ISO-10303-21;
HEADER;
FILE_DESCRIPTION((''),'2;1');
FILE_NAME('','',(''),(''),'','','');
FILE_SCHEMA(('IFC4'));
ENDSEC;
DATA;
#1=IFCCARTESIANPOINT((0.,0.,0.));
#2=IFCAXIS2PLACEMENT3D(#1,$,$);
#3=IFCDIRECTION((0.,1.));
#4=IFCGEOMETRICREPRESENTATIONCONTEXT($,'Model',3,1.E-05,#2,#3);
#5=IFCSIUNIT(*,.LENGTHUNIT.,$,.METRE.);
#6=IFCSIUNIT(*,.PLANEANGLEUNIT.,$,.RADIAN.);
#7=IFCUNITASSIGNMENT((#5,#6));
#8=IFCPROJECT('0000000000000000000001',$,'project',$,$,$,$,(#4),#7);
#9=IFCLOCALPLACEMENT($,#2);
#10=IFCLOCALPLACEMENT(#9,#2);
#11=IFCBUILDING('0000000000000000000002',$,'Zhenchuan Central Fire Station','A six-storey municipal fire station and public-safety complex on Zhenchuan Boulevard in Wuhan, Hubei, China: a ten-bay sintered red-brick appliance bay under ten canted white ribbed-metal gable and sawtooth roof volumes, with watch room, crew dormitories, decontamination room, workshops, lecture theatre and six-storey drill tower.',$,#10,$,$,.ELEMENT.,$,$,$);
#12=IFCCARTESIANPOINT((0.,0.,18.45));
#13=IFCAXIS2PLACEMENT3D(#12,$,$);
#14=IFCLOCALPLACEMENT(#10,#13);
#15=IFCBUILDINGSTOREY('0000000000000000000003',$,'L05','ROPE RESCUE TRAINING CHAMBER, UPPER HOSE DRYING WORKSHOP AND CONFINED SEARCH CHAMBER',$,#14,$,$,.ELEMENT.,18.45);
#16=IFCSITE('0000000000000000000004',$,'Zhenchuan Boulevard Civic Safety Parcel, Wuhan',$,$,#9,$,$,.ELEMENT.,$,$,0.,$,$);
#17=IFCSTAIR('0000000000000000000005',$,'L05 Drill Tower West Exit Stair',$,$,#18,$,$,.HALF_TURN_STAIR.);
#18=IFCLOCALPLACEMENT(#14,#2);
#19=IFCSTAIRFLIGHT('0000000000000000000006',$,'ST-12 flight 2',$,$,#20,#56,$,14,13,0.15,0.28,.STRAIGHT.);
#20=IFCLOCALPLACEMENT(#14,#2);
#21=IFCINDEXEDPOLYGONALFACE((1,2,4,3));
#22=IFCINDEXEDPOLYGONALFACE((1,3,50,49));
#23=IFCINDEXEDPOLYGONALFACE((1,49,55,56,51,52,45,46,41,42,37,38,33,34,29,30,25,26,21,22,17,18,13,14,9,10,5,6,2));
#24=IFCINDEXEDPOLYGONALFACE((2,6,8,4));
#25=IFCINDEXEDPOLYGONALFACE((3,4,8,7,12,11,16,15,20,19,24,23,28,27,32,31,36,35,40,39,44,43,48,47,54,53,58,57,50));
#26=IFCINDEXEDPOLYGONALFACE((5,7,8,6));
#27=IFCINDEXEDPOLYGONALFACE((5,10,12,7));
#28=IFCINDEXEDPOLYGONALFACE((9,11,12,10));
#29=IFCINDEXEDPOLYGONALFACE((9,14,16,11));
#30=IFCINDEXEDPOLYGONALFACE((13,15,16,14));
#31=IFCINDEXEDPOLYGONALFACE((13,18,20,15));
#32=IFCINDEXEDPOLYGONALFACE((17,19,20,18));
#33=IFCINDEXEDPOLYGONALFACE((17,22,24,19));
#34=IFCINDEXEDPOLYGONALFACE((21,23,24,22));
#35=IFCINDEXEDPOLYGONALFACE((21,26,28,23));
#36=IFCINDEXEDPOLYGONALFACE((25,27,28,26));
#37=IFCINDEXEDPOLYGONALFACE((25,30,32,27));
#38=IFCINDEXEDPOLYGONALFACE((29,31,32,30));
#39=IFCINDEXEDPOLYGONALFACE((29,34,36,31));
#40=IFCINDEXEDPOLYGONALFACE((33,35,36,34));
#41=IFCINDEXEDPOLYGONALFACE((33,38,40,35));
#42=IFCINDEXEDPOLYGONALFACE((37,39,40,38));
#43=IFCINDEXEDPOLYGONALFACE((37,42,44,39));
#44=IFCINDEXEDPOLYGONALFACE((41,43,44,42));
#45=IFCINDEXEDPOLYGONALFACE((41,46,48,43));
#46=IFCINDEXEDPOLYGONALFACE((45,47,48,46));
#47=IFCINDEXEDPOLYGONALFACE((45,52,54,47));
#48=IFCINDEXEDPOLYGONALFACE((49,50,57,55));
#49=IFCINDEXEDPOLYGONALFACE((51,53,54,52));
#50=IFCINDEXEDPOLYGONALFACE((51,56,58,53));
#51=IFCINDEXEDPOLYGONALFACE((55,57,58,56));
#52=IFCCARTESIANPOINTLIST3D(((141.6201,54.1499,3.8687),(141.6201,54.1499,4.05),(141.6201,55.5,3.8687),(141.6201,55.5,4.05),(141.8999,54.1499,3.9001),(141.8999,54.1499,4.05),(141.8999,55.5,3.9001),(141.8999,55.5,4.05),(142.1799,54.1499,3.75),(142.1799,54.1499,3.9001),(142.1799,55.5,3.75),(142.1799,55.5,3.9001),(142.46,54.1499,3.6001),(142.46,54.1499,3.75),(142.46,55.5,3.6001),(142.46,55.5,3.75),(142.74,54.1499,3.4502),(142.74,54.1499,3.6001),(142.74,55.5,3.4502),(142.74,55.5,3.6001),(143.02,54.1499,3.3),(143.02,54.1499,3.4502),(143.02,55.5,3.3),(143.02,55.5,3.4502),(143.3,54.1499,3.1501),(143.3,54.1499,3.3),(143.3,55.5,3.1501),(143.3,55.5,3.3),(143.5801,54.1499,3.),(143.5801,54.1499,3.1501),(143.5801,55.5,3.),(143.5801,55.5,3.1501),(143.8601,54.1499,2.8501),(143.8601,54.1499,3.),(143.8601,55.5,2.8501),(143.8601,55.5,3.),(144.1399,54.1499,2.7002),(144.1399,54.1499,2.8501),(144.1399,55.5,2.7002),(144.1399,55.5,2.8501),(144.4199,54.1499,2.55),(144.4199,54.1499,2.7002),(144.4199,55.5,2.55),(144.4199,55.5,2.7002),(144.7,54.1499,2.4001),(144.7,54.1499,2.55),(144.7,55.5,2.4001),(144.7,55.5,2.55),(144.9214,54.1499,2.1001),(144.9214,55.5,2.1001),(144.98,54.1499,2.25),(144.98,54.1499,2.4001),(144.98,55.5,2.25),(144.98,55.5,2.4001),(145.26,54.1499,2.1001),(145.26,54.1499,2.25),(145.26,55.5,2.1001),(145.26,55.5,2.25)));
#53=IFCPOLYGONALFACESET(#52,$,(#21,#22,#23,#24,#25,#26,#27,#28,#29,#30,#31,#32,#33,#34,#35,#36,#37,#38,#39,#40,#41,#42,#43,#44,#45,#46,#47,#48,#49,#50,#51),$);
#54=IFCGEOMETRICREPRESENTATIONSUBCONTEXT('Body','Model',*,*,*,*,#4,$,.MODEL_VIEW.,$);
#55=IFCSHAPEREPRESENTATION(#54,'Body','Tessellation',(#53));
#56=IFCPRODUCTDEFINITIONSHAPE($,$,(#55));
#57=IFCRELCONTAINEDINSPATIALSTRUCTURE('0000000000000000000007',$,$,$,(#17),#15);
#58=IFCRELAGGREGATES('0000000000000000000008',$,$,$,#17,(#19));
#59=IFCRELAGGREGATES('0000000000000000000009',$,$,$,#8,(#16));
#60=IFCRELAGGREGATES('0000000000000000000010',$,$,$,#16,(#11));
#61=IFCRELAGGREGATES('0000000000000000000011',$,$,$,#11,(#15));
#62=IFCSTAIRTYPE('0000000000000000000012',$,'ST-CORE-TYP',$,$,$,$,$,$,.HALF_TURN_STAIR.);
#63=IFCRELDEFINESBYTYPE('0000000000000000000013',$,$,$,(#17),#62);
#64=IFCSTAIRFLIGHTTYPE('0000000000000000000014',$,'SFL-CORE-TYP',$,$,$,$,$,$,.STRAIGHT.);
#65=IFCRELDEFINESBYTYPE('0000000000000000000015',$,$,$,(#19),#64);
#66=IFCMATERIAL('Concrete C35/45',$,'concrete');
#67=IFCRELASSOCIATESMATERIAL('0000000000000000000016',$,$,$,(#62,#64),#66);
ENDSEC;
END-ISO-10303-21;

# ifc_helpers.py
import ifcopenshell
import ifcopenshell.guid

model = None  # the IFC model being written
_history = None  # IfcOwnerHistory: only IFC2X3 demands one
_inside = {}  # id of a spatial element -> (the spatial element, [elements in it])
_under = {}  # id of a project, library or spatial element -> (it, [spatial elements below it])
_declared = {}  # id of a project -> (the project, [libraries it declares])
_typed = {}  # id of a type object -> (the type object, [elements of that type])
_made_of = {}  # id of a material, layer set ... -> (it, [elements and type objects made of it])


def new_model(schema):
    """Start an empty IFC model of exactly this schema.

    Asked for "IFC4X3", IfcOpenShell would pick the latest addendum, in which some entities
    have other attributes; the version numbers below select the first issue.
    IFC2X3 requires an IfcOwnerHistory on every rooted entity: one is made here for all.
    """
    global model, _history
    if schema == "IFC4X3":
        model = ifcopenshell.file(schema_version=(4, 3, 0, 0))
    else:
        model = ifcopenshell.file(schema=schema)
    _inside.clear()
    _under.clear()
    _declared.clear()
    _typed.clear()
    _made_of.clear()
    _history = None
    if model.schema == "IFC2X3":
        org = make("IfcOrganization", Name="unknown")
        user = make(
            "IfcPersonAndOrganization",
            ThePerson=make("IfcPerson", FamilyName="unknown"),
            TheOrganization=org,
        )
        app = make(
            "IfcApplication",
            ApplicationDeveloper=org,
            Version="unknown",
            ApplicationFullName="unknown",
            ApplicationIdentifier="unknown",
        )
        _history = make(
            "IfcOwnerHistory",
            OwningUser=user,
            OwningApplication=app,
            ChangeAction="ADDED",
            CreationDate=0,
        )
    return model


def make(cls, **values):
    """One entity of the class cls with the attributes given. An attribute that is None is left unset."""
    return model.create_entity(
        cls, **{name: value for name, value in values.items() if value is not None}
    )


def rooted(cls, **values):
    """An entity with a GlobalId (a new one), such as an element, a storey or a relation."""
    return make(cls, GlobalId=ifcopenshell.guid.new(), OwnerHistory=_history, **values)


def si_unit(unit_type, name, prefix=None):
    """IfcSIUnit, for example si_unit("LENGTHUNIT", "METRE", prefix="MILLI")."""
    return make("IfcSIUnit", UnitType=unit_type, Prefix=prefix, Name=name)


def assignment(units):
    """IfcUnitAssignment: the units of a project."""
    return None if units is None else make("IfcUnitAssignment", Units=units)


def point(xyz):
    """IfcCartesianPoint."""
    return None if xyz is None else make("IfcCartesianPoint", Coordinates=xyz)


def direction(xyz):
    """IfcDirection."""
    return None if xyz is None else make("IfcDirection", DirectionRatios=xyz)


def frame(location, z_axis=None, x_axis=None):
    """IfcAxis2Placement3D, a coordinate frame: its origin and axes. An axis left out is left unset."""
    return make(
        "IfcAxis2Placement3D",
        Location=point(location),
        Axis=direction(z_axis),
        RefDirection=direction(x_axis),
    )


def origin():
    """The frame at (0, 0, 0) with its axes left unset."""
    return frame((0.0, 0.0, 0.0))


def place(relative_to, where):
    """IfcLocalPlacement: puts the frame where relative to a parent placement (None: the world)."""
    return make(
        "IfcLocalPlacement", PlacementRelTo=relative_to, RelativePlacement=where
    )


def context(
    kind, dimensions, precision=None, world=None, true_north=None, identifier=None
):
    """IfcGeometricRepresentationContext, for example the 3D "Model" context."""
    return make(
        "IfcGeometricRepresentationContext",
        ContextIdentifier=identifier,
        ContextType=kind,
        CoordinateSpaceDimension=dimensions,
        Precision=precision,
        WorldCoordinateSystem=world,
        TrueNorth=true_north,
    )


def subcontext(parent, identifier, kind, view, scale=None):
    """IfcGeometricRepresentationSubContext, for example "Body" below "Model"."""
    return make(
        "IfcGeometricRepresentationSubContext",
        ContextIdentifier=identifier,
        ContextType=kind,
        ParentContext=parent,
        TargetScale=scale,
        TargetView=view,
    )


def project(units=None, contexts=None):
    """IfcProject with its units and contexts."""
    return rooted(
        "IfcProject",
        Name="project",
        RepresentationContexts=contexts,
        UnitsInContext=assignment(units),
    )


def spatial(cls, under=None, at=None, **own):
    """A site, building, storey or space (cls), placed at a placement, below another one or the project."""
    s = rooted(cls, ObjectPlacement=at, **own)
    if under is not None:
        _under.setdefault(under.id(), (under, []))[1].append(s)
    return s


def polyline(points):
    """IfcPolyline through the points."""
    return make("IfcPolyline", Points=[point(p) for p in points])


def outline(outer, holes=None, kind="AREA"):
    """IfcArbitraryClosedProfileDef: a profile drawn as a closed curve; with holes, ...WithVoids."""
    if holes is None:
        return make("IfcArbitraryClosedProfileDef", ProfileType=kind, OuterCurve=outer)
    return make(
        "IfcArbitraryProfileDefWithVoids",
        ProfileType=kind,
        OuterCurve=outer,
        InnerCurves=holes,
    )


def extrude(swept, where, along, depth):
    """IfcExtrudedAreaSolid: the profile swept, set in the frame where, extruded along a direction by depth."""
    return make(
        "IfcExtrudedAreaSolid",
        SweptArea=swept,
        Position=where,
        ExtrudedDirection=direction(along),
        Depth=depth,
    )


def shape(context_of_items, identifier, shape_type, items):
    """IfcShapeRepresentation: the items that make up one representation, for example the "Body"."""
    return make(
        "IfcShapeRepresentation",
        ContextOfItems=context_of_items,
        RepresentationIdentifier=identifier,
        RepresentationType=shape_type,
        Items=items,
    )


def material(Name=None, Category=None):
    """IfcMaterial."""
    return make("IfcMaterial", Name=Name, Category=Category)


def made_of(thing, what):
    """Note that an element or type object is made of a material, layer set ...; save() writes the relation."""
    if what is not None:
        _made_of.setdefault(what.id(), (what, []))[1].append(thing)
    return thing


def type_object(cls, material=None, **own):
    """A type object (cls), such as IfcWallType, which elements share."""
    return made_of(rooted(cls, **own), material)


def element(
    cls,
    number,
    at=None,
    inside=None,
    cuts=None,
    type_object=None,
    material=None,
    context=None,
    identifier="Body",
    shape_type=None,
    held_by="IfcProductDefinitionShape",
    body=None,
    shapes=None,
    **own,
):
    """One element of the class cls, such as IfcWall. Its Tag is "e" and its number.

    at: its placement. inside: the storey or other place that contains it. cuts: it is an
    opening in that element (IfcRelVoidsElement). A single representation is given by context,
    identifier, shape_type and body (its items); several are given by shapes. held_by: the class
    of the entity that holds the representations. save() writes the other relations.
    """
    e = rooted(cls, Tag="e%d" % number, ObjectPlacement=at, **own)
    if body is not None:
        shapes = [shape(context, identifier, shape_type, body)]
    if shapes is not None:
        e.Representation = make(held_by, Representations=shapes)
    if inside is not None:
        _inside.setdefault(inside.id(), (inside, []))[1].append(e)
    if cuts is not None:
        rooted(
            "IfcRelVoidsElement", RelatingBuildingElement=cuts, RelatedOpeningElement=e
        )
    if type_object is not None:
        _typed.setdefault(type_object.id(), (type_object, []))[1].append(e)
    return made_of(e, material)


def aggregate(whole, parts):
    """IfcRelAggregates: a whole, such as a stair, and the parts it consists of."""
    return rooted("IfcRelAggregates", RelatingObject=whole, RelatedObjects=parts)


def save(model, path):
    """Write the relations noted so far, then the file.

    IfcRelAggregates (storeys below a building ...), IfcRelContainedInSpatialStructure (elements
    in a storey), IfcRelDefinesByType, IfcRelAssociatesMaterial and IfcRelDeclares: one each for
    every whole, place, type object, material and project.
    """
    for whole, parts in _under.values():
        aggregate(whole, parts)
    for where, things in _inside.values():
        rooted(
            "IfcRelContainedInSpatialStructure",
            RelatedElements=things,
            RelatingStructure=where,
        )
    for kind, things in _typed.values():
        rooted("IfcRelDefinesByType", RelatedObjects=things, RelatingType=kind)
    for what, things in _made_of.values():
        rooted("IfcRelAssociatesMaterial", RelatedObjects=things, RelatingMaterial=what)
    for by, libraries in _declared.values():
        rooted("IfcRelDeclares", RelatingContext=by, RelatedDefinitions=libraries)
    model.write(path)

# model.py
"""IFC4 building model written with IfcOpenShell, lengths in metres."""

from ifc_helpers import new_model, si_unit, direction, frame, origin, place, context, subcontext, project, spatial, polyline, outline, extrude, material, type_object, element, aggregate, save


model = new_model("IFC4")

# Units and contexts
model_context = context("Model", 3, precision=1e-05, world=origin(), true_north=direction((0.0, 1.0)))
body_context = subcontext(model_context, "Body", "Model", "MODEL_VIEW")
ifc_project = project(units=[si_unit("LENGTHUNIT", "METRE"), si_unit("PLANEANGLEUNIT", "RADIAN")], contexts=[model_context])

# Site, building, storey
site_placement = place(None, origin())
site = spatial("IfcSite", under=ifc_project, at=site_placement, Name="Zhenchuan Boulevard Civic Safety Parcel, Wuhan", CompositionType="ELEMENT", RefElevation=0.0)
building_placement = place(site_placement, origin())
building = spatial("IfcBuilding", under=site, at=building_placement, Name="Zhenchuan Central Fire Station", Description="A six-storey municipal fire station and public-safety complex on Zhenchuan Boulevard in Wuhan, Hubei, China: a ten-bay sintered red-brick appliance bay under ten canted white ribbed-metal gable and sawtooth roof volumes, with watch room, crew dormitories, decontamination room, workshops, lecture theatre and six-storey drill tower.", CompositionType="ELEMENT")
storey_placement = place(building_placement, frame((0.0, 0.0, 18.45)))
storey = spatial("IfcBuildingStorey", under=building, at=storey_placement, Name="L05", Description="ROPE RESCUE TRAINING CHAMBER, UPPER HOSE DRYING WORKSHOP AND CONFINED SEARCH CHAMBER", CompositionType="ELEMENT", Elevation=18.45)

# Stair, stair flight
ifc_material_1 = material(Name="Concrete C35/45", Category="concrete")
stair_type = type_object("IfcStairType", Name="ST-CORE-TYP", PredefinedType="HALF_TURN_STAIR", material=ifc_material_1)
stair_placement = place(storey_placement, origin())
stair = element("IfcStair", 1, at=stair_placement, inside=storey, type_object=stair_type, Name="L05 Drill Tower West Exit Stair", PredefinedType="HALF_TURN_STAIR")
stair_flight_type = type_object("IfcStairFlightType", Name="SFL-CORE-TYP", PredefinedType="STRAIGHT", material=ifc_material_1)
stair_flight_1_placement = place(storey_placement, frame((145.26, 54.825, 2.1001), z_axis=(0.0, 0.0, 1.0), x_axis=(-1.0, 0.0, 0.0)))
stair_flight_1 = element("IfcStairFlight", 2, at=stair_flight_1_placement, type_object=stair_flight_type, Name="ST-12 flight 2", NumberOfRisers=14, NumberOfTreads=13, PredefinedType="STRAIGHT", RiserHeight=0.15, TreadLength=0.28, context=body_context, shape_type="SweptSolid", body=[
    extrude(outline(polyline([(0.0, 0.0), (0.0, 0.1499), (0.28, 0.1499), (0.28, 0.3), (0.5601, 0.3), (0.5601, 0.45), (0.8401, 0.45), (0.8401, 0.6001), (1.1201, 0.6001), (1.1201, 0.75), (1.3999, 0.75), (1.3999, 0.8999), (1.6799, 0.8999), (1.6799, 1.05), (1.96, 1.05), (1.96, 1.2), (2.24, 1.2), (2.24, 1.3501), (2.52, 1.3501), (2.52, 1.5), (2.8, 1.5), (2.8, 1.6499), (3.0801, 1.6499), (3.0801, 1.8), (3.3601, 1.8), (3.3601, 1.95), (3.6399, 1.95), (3.6399, 2.1001), (3.6399, 1.7686), (0.3386, 0.0), (0.0, 0.0)])), frame((0.0, 0.675, 0.0), z_axis=(0.0, -1.0, 0.0), x_axis=(1.0, 0.0, 0.0)), (0.0, 0.0, 1.0), 1.3501),
])
aggregate(stair, [stair_flight_1])

save(model, "model.ifc")
